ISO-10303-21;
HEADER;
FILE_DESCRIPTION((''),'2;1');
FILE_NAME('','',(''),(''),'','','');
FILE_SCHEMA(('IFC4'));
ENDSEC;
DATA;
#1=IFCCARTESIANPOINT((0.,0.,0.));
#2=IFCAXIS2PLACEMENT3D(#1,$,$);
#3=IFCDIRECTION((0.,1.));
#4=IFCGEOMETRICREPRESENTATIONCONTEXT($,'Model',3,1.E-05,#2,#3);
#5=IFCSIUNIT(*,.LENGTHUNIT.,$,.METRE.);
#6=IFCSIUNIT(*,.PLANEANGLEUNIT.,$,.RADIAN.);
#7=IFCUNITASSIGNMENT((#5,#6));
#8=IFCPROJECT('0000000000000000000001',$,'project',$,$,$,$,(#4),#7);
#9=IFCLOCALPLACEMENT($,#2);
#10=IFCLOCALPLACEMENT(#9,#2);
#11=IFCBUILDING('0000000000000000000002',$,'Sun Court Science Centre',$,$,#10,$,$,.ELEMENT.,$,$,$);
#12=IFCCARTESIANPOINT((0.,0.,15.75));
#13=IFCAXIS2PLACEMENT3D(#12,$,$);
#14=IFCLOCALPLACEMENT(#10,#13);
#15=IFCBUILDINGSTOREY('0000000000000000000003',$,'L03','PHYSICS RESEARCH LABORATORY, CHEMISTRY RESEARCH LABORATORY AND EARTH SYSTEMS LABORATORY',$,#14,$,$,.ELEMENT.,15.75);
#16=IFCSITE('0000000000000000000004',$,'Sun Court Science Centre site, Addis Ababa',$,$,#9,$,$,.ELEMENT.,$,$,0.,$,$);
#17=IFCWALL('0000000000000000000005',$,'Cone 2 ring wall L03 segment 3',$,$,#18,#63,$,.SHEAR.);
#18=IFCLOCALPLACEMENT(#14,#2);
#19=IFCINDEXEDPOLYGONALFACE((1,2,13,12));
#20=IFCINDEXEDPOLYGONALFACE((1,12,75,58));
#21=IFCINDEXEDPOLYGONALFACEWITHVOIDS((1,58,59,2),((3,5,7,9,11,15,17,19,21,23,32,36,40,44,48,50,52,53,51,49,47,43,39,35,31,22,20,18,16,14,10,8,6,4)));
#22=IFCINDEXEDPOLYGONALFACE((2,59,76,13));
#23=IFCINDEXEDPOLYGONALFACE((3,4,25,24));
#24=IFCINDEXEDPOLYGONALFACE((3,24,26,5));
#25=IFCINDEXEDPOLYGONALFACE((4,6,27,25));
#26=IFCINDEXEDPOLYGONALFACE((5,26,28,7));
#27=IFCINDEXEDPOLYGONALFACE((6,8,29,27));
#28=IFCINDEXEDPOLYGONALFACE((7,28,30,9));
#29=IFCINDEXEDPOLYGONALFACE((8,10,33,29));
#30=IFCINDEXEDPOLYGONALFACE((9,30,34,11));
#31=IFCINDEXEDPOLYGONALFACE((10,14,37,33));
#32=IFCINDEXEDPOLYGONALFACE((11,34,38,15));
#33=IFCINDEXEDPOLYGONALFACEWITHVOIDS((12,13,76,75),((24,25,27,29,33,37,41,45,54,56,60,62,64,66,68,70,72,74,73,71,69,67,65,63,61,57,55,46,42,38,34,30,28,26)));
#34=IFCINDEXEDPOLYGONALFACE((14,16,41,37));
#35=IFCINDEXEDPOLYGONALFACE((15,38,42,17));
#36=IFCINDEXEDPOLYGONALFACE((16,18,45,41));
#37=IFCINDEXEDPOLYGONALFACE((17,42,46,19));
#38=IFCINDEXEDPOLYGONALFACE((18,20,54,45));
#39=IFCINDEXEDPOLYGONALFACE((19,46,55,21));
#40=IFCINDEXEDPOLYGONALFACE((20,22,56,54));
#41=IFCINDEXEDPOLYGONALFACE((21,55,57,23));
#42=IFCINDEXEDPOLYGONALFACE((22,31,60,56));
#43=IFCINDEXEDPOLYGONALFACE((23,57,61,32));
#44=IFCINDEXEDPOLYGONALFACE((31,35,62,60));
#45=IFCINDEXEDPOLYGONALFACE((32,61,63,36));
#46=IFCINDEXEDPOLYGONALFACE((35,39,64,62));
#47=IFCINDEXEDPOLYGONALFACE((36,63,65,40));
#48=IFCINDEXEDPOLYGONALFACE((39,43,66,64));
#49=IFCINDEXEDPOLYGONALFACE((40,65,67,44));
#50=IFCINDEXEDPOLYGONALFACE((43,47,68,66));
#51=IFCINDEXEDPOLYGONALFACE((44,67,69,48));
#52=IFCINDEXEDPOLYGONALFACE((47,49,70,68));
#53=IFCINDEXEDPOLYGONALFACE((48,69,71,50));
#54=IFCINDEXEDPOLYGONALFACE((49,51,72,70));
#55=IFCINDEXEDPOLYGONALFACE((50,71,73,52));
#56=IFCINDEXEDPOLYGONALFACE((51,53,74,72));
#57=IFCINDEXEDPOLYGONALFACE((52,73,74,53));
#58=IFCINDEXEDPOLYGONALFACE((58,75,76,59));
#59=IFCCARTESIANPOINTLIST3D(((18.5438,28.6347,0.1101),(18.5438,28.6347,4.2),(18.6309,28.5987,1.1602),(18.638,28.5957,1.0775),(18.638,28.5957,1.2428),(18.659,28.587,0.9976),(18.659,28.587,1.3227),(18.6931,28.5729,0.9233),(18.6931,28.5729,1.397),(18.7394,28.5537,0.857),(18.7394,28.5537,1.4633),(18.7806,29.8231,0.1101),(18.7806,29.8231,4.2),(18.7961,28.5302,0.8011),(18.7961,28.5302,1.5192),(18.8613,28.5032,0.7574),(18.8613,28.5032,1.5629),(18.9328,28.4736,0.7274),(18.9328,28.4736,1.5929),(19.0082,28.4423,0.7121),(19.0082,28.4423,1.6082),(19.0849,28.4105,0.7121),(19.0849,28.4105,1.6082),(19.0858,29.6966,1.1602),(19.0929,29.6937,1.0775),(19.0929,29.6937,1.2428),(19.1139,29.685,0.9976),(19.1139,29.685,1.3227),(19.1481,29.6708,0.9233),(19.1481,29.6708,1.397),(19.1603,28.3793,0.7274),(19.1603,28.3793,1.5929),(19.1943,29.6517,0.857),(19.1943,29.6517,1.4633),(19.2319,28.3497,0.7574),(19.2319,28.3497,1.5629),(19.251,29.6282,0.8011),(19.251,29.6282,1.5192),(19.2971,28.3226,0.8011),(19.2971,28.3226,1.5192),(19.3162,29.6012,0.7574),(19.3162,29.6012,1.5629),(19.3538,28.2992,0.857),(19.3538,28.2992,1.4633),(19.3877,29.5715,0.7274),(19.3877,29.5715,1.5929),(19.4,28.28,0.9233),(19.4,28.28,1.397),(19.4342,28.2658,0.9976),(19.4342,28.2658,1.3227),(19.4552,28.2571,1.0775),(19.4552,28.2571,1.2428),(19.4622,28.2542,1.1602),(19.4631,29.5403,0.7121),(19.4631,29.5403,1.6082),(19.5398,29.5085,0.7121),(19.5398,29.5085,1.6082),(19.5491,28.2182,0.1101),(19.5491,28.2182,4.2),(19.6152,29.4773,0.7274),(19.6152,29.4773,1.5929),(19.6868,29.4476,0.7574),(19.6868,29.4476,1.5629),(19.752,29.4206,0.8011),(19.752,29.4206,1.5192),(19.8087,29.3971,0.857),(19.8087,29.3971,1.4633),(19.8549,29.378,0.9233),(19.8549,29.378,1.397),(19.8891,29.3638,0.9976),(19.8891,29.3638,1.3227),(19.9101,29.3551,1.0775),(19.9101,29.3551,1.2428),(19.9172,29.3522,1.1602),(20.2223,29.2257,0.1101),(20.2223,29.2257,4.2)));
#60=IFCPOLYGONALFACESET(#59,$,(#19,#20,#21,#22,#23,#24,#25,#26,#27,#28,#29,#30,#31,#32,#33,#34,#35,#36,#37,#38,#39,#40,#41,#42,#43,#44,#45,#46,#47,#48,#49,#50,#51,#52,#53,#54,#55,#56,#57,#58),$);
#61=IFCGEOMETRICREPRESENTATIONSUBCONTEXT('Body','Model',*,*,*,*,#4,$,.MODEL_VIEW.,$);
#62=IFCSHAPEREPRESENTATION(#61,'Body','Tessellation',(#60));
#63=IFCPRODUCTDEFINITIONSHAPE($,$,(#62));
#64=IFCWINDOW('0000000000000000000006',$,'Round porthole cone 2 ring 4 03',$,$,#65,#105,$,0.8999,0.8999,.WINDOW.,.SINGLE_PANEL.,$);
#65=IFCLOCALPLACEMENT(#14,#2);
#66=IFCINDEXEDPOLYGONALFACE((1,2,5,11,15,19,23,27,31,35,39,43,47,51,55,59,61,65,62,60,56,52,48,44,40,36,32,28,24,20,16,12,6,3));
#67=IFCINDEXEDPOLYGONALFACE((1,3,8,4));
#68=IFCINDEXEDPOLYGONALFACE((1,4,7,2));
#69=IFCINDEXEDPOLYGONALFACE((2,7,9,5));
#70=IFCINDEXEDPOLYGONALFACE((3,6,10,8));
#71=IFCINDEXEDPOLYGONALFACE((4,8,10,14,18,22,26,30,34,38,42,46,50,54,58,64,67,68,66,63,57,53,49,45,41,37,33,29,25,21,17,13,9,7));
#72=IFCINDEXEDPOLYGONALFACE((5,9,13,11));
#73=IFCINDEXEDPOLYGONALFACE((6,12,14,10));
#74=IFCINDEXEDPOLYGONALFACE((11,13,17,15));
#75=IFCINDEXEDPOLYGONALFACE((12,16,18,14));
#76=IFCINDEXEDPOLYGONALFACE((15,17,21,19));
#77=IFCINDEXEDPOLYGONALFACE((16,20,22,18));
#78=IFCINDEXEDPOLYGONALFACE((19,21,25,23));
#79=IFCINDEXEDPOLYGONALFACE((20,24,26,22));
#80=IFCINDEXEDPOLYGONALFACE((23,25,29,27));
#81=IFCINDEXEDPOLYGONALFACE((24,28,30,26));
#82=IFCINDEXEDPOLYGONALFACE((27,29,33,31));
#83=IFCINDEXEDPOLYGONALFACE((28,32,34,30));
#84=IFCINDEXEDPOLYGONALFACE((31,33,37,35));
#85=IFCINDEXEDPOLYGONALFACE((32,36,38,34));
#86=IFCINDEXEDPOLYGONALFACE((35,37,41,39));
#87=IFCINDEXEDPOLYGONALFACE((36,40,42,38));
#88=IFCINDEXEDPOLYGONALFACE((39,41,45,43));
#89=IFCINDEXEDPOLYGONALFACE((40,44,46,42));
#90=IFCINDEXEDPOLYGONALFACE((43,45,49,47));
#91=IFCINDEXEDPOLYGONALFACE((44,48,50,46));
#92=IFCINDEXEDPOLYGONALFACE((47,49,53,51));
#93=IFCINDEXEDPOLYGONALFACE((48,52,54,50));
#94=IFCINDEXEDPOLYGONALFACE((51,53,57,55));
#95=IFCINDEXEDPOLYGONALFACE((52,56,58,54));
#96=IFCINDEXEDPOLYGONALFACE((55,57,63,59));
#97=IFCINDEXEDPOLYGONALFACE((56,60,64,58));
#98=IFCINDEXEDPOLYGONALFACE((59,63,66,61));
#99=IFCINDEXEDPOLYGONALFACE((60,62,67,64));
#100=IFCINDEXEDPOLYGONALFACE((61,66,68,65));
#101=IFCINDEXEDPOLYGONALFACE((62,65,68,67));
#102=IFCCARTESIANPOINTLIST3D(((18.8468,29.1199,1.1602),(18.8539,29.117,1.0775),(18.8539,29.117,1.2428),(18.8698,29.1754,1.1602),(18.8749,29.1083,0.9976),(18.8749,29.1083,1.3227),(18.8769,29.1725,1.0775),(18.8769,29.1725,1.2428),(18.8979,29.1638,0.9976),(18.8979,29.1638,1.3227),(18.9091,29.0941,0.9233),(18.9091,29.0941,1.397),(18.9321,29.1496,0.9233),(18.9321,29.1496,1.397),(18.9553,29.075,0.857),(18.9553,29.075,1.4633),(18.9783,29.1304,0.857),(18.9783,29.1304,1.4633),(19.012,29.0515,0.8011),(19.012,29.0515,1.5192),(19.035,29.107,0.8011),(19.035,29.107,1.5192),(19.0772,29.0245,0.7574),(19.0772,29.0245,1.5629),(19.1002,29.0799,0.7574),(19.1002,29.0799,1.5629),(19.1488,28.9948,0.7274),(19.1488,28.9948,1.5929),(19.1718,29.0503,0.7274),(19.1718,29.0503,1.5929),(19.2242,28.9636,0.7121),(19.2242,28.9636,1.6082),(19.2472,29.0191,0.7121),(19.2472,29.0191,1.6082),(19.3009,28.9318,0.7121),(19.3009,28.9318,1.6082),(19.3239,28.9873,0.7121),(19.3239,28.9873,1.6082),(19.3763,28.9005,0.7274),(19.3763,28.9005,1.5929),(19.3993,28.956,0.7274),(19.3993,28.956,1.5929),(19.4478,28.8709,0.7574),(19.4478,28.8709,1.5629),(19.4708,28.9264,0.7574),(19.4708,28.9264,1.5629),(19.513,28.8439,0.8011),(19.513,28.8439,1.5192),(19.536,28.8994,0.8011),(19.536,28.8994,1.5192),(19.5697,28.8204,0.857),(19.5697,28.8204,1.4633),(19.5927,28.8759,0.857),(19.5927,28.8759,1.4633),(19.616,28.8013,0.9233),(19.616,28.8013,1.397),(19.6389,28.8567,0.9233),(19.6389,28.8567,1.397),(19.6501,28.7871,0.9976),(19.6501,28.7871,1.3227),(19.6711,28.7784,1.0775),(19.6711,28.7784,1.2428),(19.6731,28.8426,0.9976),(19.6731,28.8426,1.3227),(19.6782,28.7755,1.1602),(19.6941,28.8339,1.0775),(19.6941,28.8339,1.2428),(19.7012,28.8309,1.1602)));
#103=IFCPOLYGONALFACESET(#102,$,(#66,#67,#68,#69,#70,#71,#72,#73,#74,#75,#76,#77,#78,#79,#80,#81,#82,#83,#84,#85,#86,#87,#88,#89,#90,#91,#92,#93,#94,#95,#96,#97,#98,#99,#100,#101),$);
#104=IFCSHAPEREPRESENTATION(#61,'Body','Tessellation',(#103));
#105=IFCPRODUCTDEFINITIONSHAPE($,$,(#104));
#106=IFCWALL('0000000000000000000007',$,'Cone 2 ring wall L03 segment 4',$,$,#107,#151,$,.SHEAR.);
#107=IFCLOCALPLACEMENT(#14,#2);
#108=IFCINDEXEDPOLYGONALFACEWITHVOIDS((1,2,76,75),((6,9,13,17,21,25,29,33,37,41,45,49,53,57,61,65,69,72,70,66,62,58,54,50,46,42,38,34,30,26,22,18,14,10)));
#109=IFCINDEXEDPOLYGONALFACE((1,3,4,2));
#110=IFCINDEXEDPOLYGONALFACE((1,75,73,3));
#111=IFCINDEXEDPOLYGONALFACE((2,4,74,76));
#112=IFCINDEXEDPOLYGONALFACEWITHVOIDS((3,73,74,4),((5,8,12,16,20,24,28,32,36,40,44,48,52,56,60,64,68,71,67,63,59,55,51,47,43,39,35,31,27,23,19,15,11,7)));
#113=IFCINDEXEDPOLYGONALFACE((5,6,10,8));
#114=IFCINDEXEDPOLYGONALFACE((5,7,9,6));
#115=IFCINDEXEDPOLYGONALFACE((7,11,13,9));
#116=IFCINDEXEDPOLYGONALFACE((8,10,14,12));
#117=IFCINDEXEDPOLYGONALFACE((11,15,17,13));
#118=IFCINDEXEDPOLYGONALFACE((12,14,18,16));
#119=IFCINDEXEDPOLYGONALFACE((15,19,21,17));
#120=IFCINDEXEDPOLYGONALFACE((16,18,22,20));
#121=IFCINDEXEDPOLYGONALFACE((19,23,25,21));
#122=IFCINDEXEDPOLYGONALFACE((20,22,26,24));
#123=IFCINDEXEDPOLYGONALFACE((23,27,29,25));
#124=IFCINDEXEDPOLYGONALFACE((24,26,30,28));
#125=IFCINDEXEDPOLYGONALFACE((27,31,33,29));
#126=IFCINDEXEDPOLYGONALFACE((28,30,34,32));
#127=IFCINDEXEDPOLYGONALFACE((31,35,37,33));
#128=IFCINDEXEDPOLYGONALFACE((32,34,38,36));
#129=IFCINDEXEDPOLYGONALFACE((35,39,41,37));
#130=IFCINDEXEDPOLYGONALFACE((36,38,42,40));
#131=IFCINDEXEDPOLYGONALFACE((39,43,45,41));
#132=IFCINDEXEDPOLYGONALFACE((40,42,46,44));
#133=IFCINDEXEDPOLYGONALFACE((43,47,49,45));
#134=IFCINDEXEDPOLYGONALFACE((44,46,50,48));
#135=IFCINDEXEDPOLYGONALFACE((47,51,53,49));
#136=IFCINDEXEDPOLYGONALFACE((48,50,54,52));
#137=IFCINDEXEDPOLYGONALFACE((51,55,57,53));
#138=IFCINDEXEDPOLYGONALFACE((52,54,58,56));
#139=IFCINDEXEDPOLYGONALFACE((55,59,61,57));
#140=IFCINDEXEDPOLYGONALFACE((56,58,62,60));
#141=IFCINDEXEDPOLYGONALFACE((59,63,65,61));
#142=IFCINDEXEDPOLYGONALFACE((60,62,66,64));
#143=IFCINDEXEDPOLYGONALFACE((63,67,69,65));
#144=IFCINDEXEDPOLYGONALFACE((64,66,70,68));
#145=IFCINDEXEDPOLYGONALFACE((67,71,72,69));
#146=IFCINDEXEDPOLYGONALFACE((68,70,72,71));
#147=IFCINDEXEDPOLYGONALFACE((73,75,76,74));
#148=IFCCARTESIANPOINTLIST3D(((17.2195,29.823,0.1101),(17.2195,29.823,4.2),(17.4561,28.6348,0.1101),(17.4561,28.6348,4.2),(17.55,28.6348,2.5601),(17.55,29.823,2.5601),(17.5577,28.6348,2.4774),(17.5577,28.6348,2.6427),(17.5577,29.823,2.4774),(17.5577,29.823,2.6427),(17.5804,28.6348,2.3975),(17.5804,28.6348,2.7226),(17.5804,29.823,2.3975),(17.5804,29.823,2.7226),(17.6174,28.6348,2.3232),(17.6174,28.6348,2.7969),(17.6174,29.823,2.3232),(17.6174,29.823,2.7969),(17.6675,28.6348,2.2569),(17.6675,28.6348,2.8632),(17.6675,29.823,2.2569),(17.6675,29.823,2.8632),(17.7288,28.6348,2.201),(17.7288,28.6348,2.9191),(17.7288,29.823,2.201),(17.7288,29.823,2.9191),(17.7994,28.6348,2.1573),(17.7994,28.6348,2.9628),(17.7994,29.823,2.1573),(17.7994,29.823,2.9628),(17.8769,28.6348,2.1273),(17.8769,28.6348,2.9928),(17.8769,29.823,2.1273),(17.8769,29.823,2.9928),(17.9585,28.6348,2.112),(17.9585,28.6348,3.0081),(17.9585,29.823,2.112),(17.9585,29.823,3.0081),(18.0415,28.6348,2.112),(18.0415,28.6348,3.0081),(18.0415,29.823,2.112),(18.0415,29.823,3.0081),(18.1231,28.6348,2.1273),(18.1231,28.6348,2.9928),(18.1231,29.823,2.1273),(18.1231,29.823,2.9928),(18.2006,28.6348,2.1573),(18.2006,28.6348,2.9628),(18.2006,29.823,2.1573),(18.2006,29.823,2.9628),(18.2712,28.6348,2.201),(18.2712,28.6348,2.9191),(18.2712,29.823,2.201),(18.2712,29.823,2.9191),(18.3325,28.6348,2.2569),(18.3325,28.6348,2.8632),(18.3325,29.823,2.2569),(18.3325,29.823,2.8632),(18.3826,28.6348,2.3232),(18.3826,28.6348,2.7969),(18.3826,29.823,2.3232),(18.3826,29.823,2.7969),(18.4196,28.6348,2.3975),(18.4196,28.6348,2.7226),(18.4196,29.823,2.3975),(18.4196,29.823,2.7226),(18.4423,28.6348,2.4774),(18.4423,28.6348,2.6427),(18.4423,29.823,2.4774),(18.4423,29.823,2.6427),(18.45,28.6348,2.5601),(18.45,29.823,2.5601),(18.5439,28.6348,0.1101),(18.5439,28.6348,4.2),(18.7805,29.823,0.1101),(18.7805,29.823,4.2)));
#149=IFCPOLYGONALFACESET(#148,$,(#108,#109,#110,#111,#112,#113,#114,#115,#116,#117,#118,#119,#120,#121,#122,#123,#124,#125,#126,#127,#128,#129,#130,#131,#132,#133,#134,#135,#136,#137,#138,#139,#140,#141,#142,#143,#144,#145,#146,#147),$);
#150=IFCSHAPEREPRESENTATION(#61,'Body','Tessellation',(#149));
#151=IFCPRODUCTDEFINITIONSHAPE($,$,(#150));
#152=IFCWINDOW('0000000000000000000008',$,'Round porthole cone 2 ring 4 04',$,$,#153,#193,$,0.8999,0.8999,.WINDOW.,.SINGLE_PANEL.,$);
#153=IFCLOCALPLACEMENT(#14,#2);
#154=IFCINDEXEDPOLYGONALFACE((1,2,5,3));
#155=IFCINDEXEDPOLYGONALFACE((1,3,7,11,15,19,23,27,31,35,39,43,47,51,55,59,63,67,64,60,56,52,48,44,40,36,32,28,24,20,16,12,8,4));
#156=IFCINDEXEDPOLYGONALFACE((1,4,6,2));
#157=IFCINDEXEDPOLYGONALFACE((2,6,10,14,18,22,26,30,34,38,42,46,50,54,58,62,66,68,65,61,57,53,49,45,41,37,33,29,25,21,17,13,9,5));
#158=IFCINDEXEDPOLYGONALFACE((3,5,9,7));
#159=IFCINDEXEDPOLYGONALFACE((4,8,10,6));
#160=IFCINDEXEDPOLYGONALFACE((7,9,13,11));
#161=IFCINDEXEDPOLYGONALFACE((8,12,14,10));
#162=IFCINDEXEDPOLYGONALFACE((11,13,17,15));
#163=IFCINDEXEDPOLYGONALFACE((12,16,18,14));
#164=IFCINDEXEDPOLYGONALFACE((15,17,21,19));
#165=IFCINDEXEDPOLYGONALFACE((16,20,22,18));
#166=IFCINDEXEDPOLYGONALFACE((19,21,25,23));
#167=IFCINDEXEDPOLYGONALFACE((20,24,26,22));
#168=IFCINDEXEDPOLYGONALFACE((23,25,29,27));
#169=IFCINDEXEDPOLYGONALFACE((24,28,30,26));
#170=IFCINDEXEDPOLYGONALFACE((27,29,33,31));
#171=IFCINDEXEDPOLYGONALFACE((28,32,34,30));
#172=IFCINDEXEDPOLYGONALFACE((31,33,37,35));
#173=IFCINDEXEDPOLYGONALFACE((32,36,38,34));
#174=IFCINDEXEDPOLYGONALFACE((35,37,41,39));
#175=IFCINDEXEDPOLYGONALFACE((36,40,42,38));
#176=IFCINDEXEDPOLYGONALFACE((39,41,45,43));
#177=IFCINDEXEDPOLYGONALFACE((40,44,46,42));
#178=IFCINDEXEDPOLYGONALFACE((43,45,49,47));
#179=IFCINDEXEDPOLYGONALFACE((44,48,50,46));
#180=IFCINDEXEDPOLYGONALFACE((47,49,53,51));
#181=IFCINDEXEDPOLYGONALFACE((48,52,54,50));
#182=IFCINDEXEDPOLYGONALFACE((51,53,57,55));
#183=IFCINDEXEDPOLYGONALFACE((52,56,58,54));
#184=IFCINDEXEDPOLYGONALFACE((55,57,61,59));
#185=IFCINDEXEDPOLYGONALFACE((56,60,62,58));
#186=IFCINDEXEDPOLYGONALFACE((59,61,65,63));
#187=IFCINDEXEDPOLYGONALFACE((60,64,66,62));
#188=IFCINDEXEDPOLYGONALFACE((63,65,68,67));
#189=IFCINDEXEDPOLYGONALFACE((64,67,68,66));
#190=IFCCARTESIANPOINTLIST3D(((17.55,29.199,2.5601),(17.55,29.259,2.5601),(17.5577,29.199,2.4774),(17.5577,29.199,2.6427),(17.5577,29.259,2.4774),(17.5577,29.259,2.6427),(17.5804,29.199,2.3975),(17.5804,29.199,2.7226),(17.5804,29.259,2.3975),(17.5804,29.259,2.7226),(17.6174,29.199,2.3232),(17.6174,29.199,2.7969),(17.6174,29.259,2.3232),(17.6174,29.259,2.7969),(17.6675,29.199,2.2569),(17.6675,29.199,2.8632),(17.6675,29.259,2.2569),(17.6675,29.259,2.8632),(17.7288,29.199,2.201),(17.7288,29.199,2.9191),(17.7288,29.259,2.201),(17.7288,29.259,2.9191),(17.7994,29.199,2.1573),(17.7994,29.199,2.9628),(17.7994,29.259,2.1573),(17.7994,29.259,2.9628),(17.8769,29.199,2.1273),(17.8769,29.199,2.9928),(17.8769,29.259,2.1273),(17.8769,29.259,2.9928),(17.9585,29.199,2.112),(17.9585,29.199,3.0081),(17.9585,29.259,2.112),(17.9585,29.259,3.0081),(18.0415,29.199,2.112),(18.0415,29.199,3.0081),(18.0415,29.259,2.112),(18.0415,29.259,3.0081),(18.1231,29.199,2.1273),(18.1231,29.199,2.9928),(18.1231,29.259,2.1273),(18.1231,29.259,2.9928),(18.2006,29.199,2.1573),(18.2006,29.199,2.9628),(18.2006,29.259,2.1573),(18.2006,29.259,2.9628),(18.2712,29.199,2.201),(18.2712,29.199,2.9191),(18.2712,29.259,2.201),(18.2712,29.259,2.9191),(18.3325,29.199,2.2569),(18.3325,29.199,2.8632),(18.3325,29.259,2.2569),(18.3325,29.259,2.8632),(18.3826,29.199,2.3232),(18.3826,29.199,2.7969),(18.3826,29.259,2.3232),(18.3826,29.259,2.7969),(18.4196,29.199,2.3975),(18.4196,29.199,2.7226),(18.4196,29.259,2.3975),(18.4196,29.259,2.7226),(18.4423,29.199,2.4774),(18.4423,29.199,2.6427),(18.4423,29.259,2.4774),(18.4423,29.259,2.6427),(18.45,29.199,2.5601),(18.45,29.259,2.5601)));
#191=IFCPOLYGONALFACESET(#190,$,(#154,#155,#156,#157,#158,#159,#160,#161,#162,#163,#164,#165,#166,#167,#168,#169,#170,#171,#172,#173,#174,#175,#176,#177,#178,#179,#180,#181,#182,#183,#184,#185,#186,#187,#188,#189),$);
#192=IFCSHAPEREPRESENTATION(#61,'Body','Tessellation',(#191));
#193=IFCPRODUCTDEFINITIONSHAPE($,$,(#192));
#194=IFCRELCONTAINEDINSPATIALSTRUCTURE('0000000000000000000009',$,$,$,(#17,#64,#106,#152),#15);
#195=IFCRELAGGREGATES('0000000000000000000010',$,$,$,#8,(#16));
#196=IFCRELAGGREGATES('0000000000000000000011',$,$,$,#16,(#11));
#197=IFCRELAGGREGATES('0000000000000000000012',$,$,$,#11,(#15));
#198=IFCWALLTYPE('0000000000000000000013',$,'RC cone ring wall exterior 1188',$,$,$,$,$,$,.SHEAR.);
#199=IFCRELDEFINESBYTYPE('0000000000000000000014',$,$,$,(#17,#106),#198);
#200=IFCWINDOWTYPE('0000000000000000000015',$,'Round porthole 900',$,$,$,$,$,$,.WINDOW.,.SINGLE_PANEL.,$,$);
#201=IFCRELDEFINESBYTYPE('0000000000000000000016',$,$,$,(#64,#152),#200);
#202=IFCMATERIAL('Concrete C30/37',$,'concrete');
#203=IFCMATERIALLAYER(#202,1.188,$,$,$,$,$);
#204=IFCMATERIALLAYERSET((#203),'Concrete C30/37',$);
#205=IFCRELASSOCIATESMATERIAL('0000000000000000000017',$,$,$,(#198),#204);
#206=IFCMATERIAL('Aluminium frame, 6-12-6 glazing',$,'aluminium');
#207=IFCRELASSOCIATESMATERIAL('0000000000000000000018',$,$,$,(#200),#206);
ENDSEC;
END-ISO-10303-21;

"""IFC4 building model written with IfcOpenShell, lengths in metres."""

from ifc_helpers import new_model, si_unit, direction, frame, frame_2d, origin, place, context, subcontext, project, spatial, polyline, circle, outline, extrude, material, layer, layer_set, type_object, element, fill, save


model = new_model("IFC4")

# Units and contexts
model_context = context("Model", 3, precision=1e-05, world=origin(), true_north=direction((0.0, 1.0)))
body_context = subcontext(model_context, "Body", "Model", "MODEL_VIEW")
ifc_project = project(units=[si_unit("LENGTHUNIT", "METRE"), si_unit("PLANEANGLEUNIT", "RADIAN")], contexts=[model_context])

# Site, building, storey
site_placement = place(None, origin())
site = spatial("IfcSite", under=ifc_project, at=site_placement, Name="Sun Court Science Centre site, Addis Ababa", CompositionType="ELEMENT", RefElevation=0.0)
building_placement = place(site_placement, origin())
building = spatial("IfcBuilding", under=site, at=building_placement, Name="Sun Court Science Centre", CompositionType="ELEMENT")
storey_placement = place(building_placement, frame((0.0, 0.0, 15.75)))
storey = spatial("IfcBuildingStorey", under=building, at=storey_placement, Name="L03", Description="PHYSICS RESEARCH LABORATORY, CHEMISTRY RESEARCH LABORATORY AND EARTH SYSTEMS LABORATORY", CompositionType="ELEMENT", Elevation=15.75)

# Walls, openings, windows
ifc_material_1 = material(Name="Concrete C30/37", Category="concrete")
ifc_layer_1 = layer(ifc_material_1, 1.188)
ifc_layer_set_1 = layer_set([ifc_layer_1], Name="Concrete C30/37")
wall_type_1 = type_object("IfcWallType", Name="RC cone ring wall exterior 1188", PredefinedType="SHEAR", material=ifc_layer_set_1)
ifc_material_2 = material(Name="Aluminium frame, 6-12-6 glazing", Category="aluminium")
window_type = type_object("IfcWindowType", Name="Round porthole 900", PartitioningType="SINGLE_PANEL", PredefinedType="WINDOW", material=ifc_material_2)
wall_1_placement = place(storey_placement, frame((19.9949, 28.6768, 0.1101), z_axis=(0.0, 0.0, 1.0), x_axis=(-0.923843, 0.382771, 0.0)))
wall_1 = element("IfcWall", 1, at=wall_1_placement, inside=storey, type_object=wall_type_1, Name="Cone 2 ring wall L03 segment 3", PredefinedType="SHEAR", context=body_context, shape_type="SweptSolid", body=[
    extrude(outline(polyline([(0.0, -0.5942), (1.5605, -0.5942), (1.3245, 0.5942), (0.2363, 0.5942), (0.0, -0.5942)])), origin(), (0.0, 0.0, 1.0), 4.0898),
])
opening_1_placement = place(wall_1_placement, frame((0.3303, 0.0, 0.6001)))
opening_1 = element("IfcOpeningElement", 2, at=opening_1_placement, cuts=wall_1, PredefinedType="OPENING", context=body_context, shape_type="SweptSolid", body=[
    extrude(circle(Radius=0.45, at=frame_2d((0.45, 0.45))), frame((0.0, 0.6042, 0.0), z_axis=(0.0, -1.0, 0.0), x_axis=(1.0, 0.0, 0.0)), (0.0, 0.0, 1.0), 1.2085),
])
window_1_placement = place(opening_1_placement, origin())
window_1 = element("IfcWindow", 3, at=window_1_placement, inside=storey, type_object=window_type, Name="Round porthole cone 2 ring 4 03", OverallHeight=0.8999, OverallWidth=0.8999, PartitioningType="SINGLE_PANEL", PredefinedType="WINDOW", context=body_context, shape_type="SweptSolid", body=[
    extrude(circle(Radius=0.45, at=frame_2d((0.45, 0.45))), frame((0.0, 0.03, 0.0), z_axis=(0.0, -1.0, 0.0), x_axis=(1.0, 0.0, 0.0)), (0.0, 0.0, 1.0), 0.0601),
])
fill(opening_1, window_1)
wall_2_placement = place(storey_placement, frame((18.7803, 29.229, 0.1101), z_axis=(0.0, 0.0, 1.0), x_axis=(-1.0, 0.0, 0.0)))
wall_2 = element("IfcWall", 4, at=wall_2_placement, inside=storey, type_object=wall_type_1, Name="Cone 2 ring wall L03 segment 4", PredefinedType="SHEAR", context=body_context, shape_type="SweptSolid", body=[
    extrude(outline(polyline([(-0.0002, -0.594), (1.5608, -0.594), (1.3242, 0.5942), (0.2363, 0.5942), (-0.0002, -0.594)])), origin(), (0.0, 0.0, 1.0), 4.0898),
])
opening_2_placement = place(wall_2_placement, frame((0.3303, 0.0, 2.0)))
opening_2 = element("IfcOpeningElement", 5, at=opening_2_placement, cuts=wall_2, PredefinedType="OPENING", context=body_context, shape_type="SweptSolid", body=[
    extrude(circle(Radius=0.45, at=frame_2d((0.45, 0.45))), frame((0.0, 0.6042, 0.0), z_axis=(0.0, -1.0, 0.0), x_axis=(1.0, 0.0, 0.0)), (0.0, 0.0, 1.0), 1.2085),
])
window_2_placement = place(opening_2_placement, origin())
window_2 = element("IfcWindow", 6, at=window_2_placement, inside=storey, type_object=window_type, Name="Round porthole cone 2 ring 4 04", OverallHeight=0.8999, OverallWidth=0.8999, PartitioningType="SINGLE_PANEL", PredefinedType="WINDOW", context=body_context, shape_type="SweptSolid", body=[
    extrude(circle(Radius=0.45, at=frame_2d((0.45, 0.45))), frame((0.0, 0.03, 0.0), z_axis=(0.0, -1.0, 0.0), x_axis=(1.0, 0.0, 0.0)), (0.0, 0.0, 1.0), 0.0601),
])
fill(opening_2, window_2)

save(model, "model.ifc")
